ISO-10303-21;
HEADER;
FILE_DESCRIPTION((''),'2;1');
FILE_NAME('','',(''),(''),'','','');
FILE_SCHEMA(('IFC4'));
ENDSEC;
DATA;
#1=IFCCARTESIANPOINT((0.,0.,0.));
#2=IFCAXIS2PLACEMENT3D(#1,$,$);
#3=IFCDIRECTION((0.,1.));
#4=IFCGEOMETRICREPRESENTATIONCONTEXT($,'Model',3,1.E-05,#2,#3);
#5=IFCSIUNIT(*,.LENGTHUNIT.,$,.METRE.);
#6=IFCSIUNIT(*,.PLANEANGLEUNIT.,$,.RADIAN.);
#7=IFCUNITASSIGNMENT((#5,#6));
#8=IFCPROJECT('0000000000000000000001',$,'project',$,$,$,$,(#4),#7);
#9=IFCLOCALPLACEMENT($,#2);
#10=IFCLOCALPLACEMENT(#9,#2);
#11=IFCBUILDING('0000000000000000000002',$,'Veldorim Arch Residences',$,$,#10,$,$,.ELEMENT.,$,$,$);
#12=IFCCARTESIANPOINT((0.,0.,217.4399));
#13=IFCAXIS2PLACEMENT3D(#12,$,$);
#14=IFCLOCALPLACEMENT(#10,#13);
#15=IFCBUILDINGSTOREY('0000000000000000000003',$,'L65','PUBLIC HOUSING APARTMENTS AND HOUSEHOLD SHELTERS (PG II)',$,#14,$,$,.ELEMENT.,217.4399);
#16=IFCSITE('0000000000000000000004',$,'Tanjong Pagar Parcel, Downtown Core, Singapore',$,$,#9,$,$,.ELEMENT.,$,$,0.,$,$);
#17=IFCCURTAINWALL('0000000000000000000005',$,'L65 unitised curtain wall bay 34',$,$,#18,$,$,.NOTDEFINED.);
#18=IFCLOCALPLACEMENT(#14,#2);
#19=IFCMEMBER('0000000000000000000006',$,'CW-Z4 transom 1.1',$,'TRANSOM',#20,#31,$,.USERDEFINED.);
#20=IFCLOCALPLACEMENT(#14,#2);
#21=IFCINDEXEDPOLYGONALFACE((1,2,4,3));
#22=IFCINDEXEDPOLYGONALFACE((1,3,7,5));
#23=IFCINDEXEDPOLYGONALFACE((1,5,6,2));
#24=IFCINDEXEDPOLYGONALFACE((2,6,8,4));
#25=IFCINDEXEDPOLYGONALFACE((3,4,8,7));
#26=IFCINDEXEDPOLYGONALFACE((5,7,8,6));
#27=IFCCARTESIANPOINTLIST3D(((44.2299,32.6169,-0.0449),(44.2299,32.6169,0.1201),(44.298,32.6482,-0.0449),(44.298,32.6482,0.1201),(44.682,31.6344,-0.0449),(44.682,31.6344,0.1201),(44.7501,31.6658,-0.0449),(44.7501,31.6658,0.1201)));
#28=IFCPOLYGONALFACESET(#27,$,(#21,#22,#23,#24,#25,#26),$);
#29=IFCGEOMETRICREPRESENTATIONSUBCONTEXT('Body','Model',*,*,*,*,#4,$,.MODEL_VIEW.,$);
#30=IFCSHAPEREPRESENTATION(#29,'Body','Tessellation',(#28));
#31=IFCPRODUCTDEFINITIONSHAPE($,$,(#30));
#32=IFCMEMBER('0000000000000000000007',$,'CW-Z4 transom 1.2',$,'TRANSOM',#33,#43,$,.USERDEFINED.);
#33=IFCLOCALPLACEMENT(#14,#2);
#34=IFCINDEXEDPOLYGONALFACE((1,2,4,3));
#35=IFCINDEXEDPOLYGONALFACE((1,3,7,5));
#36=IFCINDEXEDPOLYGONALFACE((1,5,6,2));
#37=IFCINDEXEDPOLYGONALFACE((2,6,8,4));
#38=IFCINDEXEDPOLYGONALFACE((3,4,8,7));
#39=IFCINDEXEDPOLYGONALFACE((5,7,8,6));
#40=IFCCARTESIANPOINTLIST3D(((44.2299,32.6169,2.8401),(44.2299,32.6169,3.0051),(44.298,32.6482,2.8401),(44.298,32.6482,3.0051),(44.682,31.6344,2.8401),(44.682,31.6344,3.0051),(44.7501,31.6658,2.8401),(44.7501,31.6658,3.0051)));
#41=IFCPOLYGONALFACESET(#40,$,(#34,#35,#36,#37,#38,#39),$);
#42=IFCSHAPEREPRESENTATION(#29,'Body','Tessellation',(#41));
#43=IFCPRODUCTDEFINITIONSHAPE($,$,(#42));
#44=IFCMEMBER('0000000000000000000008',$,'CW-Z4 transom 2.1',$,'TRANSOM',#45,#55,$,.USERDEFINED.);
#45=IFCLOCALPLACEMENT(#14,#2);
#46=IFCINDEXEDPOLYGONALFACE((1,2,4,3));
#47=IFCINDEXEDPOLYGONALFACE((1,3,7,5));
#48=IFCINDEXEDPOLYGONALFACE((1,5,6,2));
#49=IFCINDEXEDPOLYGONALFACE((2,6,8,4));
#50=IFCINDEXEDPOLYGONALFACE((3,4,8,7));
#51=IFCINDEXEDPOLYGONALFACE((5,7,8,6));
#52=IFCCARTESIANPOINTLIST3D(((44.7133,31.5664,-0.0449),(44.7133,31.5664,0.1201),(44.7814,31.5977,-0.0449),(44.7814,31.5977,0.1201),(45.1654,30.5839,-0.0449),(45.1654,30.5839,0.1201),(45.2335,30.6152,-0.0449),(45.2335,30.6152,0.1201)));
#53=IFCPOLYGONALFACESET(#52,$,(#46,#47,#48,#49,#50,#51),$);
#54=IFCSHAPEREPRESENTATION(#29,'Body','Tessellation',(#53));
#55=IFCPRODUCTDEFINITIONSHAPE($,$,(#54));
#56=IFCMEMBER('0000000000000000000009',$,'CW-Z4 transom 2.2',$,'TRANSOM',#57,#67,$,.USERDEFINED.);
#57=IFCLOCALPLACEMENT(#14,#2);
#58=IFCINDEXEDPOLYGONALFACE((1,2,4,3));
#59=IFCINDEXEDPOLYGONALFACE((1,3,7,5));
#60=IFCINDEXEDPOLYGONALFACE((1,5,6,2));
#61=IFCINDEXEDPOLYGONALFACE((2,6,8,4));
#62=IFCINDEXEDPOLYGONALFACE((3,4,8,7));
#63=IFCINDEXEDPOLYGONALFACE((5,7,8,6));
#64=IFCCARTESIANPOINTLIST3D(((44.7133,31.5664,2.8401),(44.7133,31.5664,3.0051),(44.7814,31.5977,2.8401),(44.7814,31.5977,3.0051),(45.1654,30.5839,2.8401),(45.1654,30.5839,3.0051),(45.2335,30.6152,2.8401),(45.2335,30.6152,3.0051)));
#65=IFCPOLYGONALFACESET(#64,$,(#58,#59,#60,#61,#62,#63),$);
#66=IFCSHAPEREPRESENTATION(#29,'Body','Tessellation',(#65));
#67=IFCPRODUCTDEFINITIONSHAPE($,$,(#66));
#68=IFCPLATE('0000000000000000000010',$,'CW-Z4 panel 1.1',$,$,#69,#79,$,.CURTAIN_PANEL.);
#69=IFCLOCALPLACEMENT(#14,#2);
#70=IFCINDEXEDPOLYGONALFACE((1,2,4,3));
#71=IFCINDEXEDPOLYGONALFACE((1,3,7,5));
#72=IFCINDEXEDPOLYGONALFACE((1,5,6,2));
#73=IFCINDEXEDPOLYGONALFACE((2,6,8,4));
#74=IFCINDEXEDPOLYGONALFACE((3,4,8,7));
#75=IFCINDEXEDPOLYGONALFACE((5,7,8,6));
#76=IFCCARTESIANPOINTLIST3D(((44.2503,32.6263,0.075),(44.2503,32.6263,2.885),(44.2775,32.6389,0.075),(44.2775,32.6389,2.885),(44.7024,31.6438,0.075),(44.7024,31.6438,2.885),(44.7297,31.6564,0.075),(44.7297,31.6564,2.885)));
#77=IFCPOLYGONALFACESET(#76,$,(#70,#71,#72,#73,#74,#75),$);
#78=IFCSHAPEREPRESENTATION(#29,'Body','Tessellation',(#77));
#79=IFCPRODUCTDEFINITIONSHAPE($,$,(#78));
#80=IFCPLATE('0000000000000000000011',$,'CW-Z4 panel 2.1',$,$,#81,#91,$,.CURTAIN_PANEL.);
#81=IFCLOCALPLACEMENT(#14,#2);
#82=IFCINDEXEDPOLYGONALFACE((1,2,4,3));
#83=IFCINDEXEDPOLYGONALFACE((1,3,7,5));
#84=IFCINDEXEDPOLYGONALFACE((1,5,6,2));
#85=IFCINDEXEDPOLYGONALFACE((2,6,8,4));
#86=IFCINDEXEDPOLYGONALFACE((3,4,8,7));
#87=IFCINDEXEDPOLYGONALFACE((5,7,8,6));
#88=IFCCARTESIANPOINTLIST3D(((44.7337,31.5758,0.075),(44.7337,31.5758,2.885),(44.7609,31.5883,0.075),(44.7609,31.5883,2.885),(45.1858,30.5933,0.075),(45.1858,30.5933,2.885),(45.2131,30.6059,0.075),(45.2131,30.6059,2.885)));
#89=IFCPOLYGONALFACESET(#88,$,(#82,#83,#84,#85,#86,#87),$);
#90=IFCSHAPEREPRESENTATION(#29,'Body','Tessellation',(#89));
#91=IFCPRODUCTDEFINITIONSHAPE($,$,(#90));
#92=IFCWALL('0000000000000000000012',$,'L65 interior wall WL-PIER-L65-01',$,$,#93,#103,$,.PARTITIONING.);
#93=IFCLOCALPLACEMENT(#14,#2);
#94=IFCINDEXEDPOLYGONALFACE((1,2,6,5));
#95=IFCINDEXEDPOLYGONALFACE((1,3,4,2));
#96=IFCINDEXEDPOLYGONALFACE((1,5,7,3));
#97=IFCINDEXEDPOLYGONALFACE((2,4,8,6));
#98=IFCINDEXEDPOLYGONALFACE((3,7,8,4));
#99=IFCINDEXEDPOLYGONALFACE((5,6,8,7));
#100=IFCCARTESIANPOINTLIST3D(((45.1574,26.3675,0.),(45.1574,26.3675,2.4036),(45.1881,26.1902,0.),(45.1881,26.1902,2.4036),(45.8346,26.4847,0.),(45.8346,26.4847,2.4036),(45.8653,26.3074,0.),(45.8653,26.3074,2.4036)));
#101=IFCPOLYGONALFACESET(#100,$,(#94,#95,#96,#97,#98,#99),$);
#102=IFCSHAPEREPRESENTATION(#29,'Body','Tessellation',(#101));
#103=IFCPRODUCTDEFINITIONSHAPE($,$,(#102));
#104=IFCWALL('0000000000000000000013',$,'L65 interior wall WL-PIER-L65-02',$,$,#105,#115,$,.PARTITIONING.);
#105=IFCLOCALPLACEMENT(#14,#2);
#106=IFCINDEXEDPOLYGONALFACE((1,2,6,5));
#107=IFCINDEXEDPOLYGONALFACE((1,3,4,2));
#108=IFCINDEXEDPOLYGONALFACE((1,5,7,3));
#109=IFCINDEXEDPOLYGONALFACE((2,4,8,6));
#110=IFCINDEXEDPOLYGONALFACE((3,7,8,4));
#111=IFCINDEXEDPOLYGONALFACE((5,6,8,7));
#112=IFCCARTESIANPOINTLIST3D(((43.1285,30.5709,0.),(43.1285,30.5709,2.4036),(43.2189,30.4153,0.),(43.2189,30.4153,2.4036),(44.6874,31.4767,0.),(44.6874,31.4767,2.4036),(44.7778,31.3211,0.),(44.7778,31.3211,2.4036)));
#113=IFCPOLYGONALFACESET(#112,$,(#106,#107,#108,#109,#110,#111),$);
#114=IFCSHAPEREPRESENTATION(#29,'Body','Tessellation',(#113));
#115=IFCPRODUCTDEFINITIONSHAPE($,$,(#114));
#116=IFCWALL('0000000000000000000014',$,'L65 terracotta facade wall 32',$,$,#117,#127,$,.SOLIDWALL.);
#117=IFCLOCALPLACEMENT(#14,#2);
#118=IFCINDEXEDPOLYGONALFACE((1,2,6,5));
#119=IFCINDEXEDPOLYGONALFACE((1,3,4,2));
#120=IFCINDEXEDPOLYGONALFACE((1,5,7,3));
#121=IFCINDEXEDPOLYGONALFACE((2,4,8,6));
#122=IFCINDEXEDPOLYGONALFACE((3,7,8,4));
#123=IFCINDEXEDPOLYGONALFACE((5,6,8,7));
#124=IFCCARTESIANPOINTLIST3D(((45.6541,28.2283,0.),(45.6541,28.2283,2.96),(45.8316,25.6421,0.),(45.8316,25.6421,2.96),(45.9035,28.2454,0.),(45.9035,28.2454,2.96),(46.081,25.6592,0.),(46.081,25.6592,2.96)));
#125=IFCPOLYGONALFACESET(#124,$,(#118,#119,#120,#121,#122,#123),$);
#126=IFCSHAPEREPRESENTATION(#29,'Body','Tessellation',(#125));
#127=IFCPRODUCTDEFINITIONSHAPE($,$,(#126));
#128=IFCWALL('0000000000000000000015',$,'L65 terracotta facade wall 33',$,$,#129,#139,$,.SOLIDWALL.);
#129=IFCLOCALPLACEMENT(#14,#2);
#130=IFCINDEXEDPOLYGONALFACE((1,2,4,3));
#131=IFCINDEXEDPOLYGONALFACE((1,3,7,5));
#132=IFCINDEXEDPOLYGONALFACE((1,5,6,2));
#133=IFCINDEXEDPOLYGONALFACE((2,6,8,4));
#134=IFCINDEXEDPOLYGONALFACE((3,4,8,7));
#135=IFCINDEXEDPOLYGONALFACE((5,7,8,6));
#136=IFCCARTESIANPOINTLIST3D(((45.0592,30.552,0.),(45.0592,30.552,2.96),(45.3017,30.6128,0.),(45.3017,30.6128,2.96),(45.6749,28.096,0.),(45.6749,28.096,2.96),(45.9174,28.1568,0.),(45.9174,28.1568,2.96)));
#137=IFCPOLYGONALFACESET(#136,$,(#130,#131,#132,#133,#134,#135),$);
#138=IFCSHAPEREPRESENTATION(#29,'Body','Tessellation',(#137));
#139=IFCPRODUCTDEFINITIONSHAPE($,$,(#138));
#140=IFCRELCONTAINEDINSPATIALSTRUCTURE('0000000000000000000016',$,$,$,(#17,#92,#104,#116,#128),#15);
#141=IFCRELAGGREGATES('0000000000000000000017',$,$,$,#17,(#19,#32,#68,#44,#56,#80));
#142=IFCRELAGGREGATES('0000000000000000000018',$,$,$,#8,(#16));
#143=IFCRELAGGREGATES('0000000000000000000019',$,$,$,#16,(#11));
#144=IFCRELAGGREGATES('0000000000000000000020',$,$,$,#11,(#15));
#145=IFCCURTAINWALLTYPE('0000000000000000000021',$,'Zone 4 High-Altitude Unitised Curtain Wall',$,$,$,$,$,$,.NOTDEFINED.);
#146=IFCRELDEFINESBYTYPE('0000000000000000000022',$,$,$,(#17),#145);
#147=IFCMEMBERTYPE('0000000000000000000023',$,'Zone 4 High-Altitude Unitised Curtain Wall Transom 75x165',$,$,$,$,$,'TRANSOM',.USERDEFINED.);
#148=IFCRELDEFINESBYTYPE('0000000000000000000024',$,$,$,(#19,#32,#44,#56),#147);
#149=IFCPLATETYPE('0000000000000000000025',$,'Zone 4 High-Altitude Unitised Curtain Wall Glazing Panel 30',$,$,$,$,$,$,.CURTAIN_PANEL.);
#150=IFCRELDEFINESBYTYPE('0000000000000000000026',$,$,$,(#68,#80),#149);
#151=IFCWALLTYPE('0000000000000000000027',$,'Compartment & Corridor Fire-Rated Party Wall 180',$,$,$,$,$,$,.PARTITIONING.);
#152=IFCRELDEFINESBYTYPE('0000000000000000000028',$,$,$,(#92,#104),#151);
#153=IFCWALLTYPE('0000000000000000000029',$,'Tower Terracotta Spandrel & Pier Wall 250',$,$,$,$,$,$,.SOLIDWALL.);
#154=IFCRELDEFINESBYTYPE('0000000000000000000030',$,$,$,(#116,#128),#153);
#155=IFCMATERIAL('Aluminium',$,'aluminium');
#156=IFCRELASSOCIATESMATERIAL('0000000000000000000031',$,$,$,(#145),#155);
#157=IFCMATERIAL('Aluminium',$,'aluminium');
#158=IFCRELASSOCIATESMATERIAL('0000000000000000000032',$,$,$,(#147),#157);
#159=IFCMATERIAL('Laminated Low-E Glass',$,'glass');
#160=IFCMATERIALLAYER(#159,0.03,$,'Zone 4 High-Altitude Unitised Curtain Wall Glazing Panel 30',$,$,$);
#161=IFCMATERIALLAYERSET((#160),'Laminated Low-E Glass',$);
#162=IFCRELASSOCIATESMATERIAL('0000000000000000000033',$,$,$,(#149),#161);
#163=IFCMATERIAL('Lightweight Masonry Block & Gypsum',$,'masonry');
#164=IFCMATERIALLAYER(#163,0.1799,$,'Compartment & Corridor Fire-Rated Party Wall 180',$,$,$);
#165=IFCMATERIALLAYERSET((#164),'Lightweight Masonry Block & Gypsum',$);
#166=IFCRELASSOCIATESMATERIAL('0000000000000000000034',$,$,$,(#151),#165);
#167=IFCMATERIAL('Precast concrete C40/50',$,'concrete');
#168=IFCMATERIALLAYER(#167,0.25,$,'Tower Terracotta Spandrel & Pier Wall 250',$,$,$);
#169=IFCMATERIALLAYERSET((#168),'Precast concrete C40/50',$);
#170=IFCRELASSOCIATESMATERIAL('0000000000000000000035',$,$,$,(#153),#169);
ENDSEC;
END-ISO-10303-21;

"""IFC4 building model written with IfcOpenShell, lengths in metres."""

from ifc_helpers import new_model, si_unit, direction, frame, frame_2d, origin, origin_2d, place, context, subcontext, project, spatial, rectangle, extrude, material, layer, layer_set, material_profile, profile_set, type_object, element, aggregate, save


model = new_model("IFC4")

# Units and contexts
model_context = context("Model", 3, precision=1e-05, world=origin(), true_north=direction((0.0, 1.0)))
body_context = subcontext(model_context, "Body", "Model", "MODEL_VIEW")
ifc_project = project(units=[si_unit("LENGTHUNIT", "METRE"), si_unit("PLANEANGLEUNIT", "RADIAN")], contexts=[model_context])

# Site, building, storey
site_placement = place(None, origin())
site = spatial("IfcSite", under=ifc_project, at=site_placement, Name="Tanjong Pagar Parcel, Downtown Core, Singapore", CompositionType="ELEMENT", RefElevation=0.0)
building_placement = place(site_placement, origin())
building = spatial("IfcBuilding", under=site, at=building_placement, Name="Veldorim Arch Residences", CompositionType="ELEMENT")
storey_placement = place(building_placement, frame((0.0, 0.0, 217.4399)))
storey = spatial("IfcBuildingStorey", under=building, at=storey_placement, Name="L65", Description="PUBLIC HOUSING APARTMENTS AND HOUSEHOLD SHELTERS (PG II)", CompositionType="ELEMENT", Elevation=217.4399)

# Curtain wall, members, plates
ifc_material_1 = material(Name="Aluminium", Category="aluminium")
curtain_wall_type = type_object("IfcCurtainWallType", Name="Zone 4 High-Altitude Unitised Curtain Wall", PredefinedType="NOTDEFINED", material=ifc_material_1)
curtain_wall_placement = place(storey_placement, origin())
curtain_wall = element("IfcCurtainWall", 1, at=curtain_wall_placement, inside=storey, type_object=curtain_wall_type, Name="L65 unitised curtain wall bay 34", PredefinedType="NOTDEFINED")
ifc_material_2 = material(Name="Aluminium", Category="aluminium")
ifc_material_profile_1 = material_profile(ifc_material_2, rectangle(XDim=0.075, YDim=0.165, at=origin_2d()), Name="ALU_TRN_75x165")
ifc_profile_set_1 = profile_set([ifc_material_profile_1], Name="Aluminium")
member_type_1 = type_object("IfcMemberType", Name="Zone 4 High-Altitude Unitised Curtain Wall Transom 75x165", ElementType="TRANSOM", PredefinedType="USERDEFINED", material=ifc_profile_set_1)
member_1_placement = place(storey_placement, frame((44.2639, 32.6326, 0.0376), z_axis=(0.418084, -0.908408, 0.0), x_axis=(0.908408, 0.418084, 0.0)))
member_1 = element("IfcMember", 2, at=member_1_placement, type_object=member_type_1, Name="CW-Z4 transom 1.1", ObjectType="TRANSOM", PredefinedType="USERDEFINED", context=body_context, shape_type="SweptSolid", body=[
    extrude(rectangle(XDim=0.075, YDim=0.165, at=origin_2d()), origin(), (0.0, 0.0, 1.0), 1.0815),
])
member_2_placement = place(storey_placement, frame((44.2639, 32.6326, 2.9226), z_axis=(0.418084, -0.908408, 0.0), x_axis=(0.908408, 0.418084, 0.0)))
member_2 = element("IfcMember", 3, at=member_2_placement, type_object=member_type_1, Name="CW-Z4 transom 1.2", ObjectType="TRANSOM", PredefinedType="USERDEFINED", context=body_context, shape_type="SweptSolid", body=[
    extrude(rectangle(XDim=0.075, YDim=0.165, at=origin_2d()), origin(), (0.0, 0.0, 1.0), 1.0815),
])
member_3_placement = place(storey_placement, frame((44.7473, 31.582, 0.0376), z_axis=(0.418084, -0.908408, 0.0), x_axis=(0.908408, 0.418084, 0.0)))
member_3 = element("IfcMember", 4, at=member_3_placement, type_object=member_type_1, Name="CW-Z4 transom 2.1", ObjectType="TRANSOM", PredefinedType="USERDEFINED", context=body_context, shape_type="SweptSolid", body=[
    extrude(rectangle(XDim=0.075, YDim=0.165, at=origin_2d()), origin(), (0.0, 0.0, 1.0), 1.0815),
])
member_4_placement = place(storey_placement, frame((44.7473, 31.582, 2.9226), z_axis=(0.418084, -0.908408, 0.0), x_axis=(0.908408, 0.418084, 0.0)))
member_4 = element("IfcMember", 5, at=member_4_placement, type_object=member_type_1, Name="CW-Z4 transom 2.2", ObjectType="TRANSOM", PredefinedType="USERDEFINED", context=body_context, shape_type="SweptSolid", body=[
    extrude(rectangle(XDim=0.075, YDim=0.165, at=origin_2d()), origin(), (0.0, 0.0, 1.0), 1.0815),
])
ifc_material_3 = material(Name="Laminated Low-E Glass", Category="glass")
ifc_layer_1 = layer(ifc_material_3, 0.03, Name="Zone 4 High-Altitude Unitised Curtain Wall Glazing Panel 30")
ifc_layer_set_1 = layer_set([ifc_layer_1], Name="Laminated Low-E Glass")
plate_type = type_object("IfcPlateType", Name="Zone 4 High-Altitude Unitised Curtain Wall Glazing Panel 30", PredefinedType="CURTAIN_PANEL", material=ifc_layer_set_1)
plate_1_placement = place(storey_placement, frame((44.49, 32.1414, 0.075), z_axis=(0.0, 0.0, 1.0), x_axis=(0.418102, -0.9084, 0.0)))
plate_1 = element("IfcPlate", 6, at=plate_1_placement, type_object=plate_type, Name="CW-Z4 panel 1.1", PredefinedType="CURTAIN_PANEL", context=body_context, shape_type="SweptSolid", body=[
    extrude(rectangle(XDim=1.0815, YDim=0.03, at=origin_2d()), origin(), (0.0, 0.0, 1.0), 2.8101),
])
plate_2_placement = place(storey_placement, frame((44.9734, 31.0908, 0.075), z_axis=(0.0, 0.0, 1.0), x_axis=(0.418102, -0.9084, 0.0)))
plate_2 = element("IfcPlate", 7, at=plate_2_placement, type_object=plate_type, Name="CW-Z4 panel 2.1", PredefinedType="CURTAIN_PANEL", context=body_context, shape_type="SweptSolid", body=[
    extrude(rectangle(XDim=1.0815, YDim=0.03, at=origin_2d()), origin(), (0.0, 0.0, 1.0), 2.8101),
])
aggregate(curtain_wall, [member_1, member_2, plate_1, member_3, member_4, plate_2])

# Walls
ifc_material_4 = material(Name="Lightweight Masonry Block & Gypsum", Category="masonry")
ifc_layer_2 = layer(ifc_material_4, 0.1799, Name="Compartment & Corridor Fire-Rated Party Wall 180")
ifc_layer_set_2 = layer_set([ifc_layer_2], Name="Lightweight Masonry Block & Gypsum")
wall_type_1 = type_object("IfcWallType", Name="Compartment & Corridor Fire-Rated Party Wall 180", PredefinedType="PARTITIONING", material=ifc_layer_set_2)
wall_1_placement = place(storey_placement, frame((45.1726, 26.2788, 0.0), z_axis=(0.0, 0.0, 1.0), x_axis=(0.985357, 0.170502, 0.0)))
element("IfcWall", 8, at=wall_1_placement, inside=storey, type_object=wall_type_1, Name="L65 interior wall WL-PIER-L65-01", PredefinedType="PARTITIONING", context=body_context, shape_type="SweptSolid", body=[
    extrude(rectangle(XDim=0.6873, YDim=0.1799, at=frame_2d((0.3438, 0.0))), origin(), (0.0, 0.0, 1.0), 2.4036),
])
wall_2_placement = place(storey_placement, frame((43.1738, 30.4932, 0.0), z_axis=(0.0, 0.0, 1.0), x_axis=(0.864637, 0.502397, 0.0)))
element("IfcWall", 9, at=wall_2_placement, inside=storey, type_object=wall_type_1, Name="L65 interior wall WL-PIER-L65-02", PredefinedType="PARTITIONING", context=body_context, shape_type="SweptSolid", body=[
    extrude(rectangle(XDim=1.803, YDim=0.1799, at=frame_2d((0.9014, 0.0))), origin(), (0.0, 0.0, 1.0), 2.4036),
])
ifc_material_5 = material(Name="Precast concrete C40/50", Category="concrete")
ifc_layer_3 = layer(ifc_material_5, 0.25, Name="Tower Terracotta Spandrel & Pier Wall 250")
ifc_layer_set_3 = layer_set([ifc_layer_3], Name="Precast concrete C40/50")
wall_type_2 = type_object("IfcWallType", Name="Tower Terracotta Spandrel & Pier Wall 250", PredefinedType="SOLIDWALL", material=ifc_layer_set_3)
wall_3_placement = place(storey_placement, frame((45.7788, 28.2368, 0.0), z_axis=(0.0, 0.0, 1.0), x_axis=(0.068469, -0.997653, 0.0)))
element("IfcWall", 10, at=wall_3_placement, inside=storey, type_object=wall_type_2, Name="L65 terracotta facade wall 32", PredefinedType="SOLIDWALL", context=body_context, shape_type="SweptSolid", body=[
    extrude(rectangle(XDim=2.5923, YDim=0.25, at=frame_2d((1.2961, 0.0))), origin(), (0.0, 0.0, 1.0), 2.96),
])
wall_4_placement = place(storey_placement, frame((45.1804, 30.5825, 0.0), z_axis=(0.0, 0.0, 1.0), x_axis=(0.243171, -0.969983, 0.0)))
element("IfcWall", 11, at=wall_4_placement, inside=storey, type_object=wall_type_2, Name="L65 terracotta facade wall 33", PredefinedType="SOLIDWALL", context=body_context, shape_type="SweptSolid", body=[
    extrude(rectangle(XDim=2.532, YDim=0.25, at=frame_2d((1.2661, 0.0))), origin(), (0.0, 0.0, 1.0), 2.96),
])

save(model, "model.ifc")
